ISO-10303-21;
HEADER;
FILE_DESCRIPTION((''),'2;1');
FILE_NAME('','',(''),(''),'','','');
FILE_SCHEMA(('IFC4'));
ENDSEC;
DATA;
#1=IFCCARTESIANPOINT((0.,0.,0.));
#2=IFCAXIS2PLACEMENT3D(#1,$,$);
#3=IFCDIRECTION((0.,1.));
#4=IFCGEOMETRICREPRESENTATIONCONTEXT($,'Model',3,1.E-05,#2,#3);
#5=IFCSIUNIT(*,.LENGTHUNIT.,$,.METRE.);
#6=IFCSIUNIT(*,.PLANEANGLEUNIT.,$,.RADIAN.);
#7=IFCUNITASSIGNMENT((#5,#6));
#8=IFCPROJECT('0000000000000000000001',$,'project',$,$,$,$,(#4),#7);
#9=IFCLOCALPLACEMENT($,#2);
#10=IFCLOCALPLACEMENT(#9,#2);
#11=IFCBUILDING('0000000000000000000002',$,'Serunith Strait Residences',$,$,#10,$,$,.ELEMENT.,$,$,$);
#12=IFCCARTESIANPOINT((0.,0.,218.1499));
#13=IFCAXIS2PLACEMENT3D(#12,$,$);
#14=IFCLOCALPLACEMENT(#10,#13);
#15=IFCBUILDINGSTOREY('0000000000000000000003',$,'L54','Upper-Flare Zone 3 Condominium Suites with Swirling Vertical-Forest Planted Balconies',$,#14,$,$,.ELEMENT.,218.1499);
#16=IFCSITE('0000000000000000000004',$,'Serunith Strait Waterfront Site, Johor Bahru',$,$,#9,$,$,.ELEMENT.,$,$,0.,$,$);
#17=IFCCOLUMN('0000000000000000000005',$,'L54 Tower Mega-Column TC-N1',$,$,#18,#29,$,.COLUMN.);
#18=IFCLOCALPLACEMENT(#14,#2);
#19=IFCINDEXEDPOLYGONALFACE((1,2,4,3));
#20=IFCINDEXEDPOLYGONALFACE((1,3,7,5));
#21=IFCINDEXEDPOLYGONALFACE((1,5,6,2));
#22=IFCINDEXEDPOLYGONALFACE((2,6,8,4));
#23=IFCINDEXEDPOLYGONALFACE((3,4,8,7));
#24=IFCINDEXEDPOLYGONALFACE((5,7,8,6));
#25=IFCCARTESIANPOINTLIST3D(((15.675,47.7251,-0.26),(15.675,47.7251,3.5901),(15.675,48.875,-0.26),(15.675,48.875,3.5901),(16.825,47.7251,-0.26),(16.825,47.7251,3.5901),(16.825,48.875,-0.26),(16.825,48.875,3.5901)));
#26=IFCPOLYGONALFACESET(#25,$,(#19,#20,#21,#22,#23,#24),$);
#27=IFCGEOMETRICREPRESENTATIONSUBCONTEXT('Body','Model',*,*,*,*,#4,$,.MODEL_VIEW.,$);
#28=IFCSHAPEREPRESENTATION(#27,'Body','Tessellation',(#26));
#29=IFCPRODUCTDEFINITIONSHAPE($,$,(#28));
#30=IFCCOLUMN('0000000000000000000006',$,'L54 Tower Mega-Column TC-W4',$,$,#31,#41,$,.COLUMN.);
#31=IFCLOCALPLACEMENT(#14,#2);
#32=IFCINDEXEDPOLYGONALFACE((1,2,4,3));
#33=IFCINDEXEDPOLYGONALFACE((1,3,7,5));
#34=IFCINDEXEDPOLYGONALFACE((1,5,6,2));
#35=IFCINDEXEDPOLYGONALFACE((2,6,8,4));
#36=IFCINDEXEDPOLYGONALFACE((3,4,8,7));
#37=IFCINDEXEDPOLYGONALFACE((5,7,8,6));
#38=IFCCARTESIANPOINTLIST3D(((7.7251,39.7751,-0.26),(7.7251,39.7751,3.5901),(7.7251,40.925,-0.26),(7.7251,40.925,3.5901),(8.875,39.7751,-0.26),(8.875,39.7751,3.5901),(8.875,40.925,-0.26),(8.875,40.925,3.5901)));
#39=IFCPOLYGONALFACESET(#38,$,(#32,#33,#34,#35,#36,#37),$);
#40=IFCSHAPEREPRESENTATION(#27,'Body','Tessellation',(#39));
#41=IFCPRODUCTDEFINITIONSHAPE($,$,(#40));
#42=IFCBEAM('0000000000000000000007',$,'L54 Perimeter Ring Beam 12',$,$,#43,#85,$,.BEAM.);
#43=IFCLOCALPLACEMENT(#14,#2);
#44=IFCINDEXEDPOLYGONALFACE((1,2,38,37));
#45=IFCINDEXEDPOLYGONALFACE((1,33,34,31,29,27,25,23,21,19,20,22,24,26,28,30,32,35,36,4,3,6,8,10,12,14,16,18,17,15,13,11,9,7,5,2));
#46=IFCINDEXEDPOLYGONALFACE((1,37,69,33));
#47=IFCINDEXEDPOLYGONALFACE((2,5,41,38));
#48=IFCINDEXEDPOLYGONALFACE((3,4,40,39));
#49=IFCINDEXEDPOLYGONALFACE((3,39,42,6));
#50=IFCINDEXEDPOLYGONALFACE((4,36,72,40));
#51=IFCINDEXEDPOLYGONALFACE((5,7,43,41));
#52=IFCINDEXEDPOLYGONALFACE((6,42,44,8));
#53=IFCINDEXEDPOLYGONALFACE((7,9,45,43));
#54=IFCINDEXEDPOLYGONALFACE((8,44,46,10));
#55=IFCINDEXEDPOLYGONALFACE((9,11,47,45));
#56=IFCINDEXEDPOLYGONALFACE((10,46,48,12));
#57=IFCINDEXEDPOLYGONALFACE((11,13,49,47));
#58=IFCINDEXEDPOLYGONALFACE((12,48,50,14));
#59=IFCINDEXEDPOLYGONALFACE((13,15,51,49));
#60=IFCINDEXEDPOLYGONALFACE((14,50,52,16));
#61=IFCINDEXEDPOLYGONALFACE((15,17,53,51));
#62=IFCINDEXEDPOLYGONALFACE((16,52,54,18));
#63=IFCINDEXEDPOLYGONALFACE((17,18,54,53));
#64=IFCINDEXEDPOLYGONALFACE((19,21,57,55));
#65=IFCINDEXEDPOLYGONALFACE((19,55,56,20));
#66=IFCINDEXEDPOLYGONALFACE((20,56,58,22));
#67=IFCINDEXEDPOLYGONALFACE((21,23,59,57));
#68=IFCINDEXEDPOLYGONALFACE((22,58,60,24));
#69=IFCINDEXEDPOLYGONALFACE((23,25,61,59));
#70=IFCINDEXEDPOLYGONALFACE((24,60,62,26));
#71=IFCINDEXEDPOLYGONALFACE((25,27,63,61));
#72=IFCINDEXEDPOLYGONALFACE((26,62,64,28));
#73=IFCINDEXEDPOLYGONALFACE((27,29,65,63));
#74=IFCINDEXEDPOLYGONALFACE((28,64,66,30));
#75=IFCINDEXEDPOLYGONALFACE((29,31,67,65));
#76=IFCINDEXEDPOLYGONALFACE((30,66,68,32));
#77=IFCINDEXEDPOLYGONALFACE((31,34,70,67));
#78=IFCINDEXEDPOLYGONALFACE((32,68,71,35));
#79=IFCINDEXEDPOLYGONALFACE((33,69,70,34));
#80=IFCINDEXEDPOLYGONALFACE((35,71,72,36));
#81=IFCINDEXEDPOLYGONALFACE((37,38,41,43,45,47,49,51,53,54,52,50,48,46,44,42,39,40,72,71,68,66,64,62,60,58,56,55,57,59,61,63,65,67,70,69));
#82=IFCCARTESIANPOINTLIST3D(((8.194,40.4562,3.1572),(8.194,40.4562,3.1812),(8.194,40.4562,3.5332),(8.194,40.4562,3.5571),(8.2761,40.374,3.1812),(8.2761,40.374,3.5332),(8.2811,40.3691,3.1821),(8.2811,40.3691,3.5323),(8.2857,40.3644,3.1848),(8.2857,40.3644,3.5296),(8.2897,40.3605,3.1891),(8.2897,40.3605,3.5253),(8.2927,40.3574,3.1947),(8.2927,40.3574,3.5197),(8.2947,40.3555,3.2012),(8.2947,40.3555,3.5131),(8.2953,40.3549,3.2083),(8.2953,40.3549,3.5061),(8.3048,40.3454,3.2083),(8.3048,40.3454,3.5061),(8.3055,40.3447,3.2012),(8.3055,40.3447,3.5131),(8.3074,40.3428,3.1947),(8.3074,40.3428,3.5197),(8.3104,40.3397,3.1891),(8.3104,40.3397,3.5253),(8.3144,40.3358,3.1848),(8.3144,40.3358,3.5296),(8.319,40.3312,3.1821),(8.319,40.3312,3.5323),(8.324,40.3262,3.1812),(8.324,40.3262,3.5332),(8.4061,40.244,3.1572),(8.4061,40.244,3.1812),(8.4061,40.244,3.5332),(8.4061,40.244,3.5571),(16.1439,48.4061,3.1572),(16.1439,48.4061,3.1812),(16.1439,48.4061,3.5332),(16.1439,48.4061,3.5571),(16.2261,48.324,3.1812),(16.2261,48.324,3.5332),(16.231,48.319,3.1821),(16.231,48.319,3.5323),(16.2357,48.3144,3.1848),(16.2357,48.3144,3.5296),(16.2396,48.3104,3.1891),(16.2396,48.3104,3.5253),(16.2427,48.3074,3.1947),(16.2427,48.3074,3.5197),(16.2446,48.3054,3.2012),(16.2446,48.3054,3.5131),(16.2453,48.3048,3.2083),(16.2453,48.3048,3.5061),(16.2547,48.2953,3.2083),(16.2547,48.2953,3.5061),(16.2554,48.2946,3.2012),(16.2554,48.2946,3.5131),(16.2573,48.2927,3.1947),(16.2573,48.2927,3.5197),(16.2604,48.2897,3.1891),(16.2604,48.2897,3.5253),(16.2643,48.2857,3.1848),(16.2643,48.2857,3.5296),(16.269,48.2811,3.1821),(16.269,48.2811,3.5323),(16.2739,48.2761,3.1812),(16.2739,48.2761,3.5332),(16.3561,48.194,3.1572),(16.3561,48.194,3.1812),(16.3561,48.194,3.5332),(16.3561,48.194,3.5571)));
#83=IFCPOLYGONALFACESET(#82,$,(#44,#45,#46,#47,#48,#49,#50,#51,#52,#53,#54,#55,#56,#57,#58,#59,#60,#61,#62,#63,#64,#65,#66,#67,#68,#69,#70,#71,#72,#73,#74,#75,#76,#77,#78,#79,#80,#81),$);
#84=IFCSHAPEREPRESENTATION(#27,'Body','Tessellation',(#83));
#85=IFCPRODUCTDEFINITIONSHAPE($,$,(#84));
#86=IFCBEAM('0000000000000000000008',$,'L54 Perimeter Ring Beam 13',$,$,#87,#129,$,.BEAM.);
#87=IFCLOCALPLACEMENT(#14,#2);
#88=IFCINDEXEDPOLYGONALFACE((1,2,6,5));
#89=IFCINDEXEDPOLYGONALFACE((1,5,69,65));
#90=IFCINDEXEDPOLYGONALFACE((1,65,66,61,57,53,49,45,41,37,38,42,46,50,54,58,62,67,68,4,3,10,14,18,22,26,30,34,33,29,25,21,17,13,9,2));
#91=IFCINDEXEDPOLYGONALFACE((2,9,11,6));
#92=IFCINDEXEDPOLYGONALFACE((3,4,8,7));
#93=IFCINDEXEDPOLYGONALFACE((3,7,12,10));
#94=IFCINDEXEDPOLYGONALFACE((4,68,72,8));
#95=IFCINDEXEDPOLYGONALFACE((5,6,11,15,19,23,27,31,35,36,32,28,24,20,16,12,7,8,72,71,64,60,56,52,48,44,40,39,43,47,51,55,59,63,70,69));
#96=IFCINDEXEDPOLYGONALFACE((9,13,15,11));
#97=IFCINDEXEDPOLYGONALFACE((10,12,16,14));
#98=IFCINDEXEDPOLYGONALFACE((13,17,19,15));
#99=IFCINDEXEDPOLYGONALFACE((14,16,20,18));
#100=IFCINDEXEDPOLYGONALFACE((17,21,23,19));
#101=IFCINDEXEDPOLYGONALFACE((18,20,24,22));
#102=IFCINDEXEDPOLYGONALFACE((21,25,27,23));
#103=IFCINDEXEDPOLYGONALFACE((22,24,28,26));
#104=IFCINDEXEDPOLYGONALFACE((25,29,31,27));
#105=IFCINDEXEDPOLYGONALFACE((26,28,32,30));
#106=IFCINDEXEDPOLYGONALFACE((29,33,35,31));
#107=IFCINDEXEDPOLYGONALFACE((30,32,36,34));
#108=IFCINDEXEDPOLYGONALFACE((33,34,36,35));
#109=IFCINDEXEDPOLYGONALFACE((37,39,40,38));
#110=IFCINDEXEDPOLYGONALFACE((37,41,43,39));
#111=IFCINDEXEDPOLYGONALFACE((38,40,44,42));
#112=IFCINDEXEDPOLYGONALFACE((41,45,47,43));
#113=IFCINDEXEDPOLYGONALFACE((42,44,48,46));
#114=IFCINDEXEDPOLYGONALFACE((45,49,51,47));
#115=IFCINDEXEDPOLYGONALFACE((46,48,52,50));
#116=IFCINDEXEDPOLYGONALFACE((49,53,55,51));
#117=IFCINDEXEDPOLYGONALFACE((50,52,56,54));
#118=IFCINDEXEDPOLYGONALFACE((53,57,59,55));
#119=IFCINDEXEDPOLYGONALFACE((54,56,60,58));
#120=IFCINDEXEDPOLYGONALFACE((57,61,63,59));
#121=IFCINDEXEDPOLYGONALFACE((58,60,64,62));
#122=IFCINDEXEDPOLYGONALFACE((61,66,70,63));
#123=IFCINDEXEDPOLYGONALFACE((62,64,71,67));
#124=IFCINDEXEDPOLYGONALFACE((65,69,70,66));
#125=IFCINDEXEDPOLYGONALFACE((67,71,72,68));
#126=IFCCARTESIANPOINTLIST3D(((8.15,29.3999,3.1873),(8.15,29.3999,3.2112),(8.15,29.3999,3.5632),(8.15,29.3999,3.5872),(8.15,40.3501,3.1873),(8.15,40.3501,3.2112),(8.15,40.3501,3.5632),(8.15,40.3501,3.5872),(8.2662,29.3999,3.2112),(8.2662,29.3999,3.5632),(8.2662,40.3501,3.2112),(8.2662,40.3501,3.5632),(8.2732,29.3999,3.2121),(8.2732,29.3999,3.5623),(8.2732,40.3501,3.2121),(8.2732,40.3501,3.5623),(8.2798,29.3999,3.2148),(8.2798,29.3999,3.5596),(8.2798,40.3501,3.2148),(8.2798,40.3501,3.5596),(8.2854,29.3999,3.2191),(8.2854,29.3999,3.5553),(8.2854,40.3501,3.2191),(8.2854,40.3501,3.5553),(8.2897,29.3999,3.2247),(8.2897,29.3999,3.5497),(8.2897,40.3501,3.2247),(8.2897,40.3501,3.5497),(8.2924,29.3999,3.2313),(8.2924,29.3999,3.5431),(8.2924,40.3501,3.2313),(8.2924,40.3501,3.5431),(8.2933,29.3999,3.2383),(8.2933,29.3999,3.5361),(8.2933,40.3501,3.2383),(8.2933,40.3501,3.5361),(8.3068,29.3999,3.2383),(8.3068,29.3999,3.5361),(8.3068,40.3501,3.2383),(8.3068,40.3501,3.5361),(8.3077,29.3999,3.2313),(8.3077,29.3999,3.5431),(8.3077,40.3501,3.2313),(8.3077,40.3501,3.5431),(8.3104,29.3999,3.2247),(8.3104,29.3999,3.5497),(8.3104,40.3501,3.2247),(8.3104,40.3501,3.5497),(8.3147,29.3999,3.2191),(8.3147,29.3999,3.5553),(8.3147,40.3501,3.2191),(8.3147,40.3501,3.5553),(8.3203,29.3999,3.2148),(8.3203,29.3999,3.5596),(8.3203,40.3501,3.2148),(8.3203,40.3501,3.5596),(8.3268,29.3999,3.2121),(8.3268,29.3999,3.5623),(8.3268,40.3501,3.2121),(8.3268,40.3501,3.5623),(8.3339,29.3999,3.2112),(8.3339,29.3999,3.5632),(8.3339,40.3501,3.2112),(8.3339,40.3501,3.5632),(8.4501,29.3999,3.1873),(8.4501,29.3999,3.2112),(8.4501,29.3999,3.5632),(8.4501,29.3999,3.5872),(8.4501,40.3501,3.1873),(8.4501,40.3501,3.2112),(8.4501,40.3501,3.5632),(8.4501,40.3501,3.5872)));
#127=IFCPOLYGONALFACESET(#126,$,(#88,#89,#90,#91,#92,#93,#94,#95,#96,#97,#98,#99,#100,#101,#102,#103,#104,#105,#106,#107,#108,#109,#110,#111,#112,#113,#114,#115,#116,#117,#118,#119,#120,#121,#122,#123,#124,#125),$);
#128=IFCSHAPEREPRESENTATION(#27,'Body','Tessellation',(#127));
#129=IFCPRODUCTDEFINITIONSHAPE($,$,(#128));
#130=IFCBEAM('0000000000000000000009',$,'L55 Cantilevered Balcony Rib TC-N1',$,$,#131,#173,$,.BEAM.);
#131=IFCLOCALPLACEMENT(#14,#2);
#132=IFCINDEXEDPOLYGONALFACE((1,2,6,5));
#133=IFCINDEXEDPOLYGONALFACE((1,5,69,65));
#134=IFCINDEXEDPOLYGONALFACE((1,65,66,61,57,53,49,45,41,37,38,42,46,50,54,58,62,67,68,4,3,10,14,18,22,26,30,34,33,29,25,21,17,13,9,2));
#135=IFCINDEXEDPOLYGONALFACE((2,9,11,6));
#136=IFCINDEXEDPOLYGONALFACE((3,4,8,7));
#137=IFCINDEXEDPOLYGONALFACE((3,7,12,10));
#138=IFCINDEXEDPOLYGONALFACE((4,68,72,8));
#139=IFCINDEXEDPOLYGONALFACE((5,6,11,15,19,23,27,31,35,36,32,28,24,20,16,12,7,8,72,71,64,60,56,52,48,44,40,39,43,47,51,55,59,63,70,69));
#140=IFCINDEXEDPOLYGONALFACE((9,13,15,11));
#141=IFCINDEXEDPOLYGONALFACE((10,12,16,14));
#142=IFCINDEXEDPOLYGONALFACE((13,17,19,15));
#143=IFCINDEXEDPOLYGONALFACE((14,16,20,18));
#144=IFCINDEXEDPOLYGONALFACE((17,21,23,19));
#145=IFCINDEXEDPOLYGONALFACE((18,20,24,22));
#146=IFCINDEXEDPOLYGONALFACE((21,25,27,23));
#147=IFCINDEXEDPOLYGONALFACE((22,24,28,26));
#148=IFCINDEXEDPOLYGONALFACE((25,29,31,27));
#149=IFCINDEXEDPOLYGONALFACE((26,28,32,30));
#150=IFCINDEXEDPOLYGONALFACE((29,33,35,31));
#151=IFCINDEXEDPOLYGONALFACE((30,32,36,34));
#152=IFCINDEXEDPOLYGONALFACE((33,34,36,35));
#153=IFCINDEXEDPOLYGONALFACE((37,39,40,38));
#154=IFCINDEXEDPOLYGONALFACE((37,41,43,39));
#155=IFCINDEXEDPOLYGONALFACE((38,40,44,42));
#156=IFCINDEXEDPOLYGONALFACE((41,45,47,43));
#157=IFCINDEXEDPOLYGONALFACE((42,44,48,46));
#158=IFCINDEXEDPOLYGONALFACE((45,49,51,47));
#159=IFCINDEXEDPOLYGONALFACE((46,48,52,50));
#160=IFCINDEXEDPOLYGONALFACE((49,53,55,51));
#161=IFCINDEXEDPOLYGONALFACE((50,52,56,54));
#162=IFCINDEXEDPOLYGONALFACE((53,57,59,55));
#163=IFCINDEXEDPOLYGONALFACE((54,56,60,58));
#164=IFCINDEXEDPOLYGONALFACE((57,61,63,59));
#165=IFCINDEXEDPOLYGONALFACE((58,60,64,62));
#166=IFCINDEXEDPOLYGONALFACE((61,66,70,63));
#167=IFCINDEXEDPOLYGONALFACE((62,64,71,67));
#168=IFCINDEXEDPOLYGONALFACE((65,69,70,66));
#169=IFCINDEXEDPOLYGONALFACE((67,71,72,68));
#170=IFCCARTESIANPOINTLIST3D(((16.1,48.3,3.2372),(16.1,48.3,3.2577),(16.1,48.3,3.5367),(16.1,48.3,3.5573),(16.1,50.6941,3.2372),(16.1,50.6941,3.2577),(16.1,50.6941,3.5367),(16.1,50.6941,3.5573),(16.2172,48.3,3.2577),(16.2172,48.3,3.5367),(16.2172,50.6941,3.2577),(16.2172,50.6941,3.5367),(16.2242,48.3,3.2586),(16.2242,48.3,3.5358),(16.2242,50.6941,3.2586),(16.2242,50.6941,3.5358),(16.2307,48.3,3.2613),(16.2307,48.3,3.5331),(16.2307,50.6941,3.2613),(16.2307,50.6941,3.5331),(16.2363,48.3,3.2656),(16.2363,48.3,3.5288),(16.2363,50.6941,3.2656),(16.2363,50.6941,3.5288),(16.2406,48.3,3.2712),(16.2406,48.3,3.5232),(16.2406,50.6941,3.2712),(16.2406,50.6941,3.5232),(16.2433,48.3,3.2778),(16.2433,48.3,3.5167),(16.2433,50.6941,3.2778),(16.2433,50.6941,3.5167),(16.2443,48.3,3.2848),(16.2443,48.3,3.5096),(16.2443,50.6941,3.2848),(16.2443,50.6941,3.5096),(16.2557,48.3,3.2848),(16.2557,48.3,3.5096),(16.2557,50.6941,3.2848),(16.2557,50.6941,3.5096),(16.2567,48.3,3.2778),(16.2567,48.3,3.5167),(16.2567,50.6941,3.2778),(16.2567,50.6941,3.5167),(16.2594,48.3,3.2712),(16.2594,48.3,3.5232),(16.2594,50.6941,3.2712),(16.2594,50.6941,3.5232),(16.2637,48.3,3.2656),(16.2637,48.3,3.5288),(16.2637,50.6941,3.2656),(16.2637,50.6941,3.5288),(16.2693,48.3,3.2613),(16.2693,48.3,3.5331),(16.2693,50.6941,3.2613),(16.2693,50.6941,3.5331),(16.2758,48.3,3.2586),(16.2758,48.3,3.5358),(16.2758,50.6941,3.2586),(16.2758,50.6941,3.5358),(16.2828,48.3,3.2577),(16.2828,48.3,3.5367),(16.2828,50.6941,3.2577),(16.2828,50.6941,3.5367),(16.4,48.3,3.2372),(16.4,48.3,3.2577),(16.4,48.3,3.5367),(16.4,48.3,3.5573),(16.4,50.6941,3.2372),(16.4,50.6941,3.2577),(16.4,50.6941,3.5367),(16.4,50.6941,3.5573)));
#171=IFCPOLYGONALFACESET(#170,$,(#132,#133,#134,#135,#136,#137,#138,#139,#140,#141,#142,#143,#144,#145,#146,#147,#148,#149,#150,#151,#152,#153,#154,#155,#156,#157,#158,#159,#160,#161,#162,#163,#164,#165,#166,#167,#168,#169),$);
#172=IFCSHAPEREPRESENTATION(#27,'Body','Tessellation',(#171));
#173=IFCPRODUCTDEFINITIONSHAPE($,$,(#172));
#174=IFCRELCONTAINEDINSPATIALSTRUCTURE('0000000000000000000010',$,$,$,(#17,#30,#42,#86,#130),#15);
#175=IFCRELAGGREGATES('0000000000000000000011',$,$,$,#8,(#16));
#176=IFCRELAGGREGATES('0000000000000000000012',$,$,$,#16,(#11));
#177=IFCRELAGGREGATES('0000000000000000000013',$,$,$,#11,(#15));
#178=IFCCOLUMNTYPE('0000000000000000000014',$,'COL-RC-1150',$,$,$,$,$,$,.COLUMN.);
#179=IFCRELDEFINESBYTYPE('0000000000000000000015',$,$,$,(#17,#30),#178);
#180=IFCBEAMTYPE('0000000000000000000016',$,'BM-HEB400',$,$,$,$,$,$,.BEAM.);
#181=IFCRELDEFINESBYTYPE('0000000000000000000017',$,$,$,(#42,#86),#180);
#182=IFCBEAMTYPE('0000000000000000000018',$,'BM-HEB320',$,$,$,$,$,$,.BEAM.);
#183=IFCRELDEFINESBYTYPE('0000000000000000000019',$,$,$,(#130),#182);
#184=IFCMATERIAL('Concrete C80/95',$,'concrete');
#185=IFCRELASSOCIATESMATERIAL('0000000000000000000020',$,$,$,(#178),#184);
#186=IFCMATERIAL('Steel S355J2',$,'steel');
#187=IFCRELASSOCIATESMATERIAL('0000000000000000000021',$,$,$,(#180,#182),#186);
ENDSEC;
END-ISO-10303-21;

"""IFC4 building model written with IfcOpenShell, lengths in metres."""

from ifc_helpers import new_model, si_unit, direction, frame, origin, origin_2d, place, context, subcontext, project, spatial, rectangle, i_section, extrude, source, transform, mapped, material, material_profile, profile_set, type_object, element, save


model = new_model("IFC4")

# Units and contexts
model_context = context("Model", 3, precision=1e-05, world=origin(), true_north=direction((0.0, 1.0)))
body_context = subcontext(model_context, "Body", "Model", "MODEL_VIEW")
ifc_project = project(units=[si_unit("LENGTHUNIT", "METRE"), si_unit("PLANEANGLEUNIT", "RADIAN")], contexts=[model_context])

# Site, building, storey
site_placement = place(None, origin())
site = spatial("IfcSite", under=ifc_project, at=site_placement, Name="Serunith Strait Waterfront Site, Johor Bahru", CompositionType="ELEMENT", RefElevation=0.0)
building_placement = place(site_placement, origin())
building = spatial("IfcBuilding", under=site, at=building_placement, Name="Serunith Strait Residences", CompositionType="ELEMENT")
storey_placement = place(building_placement, frame((0.0, 0.0, 218.1499)))
storey = spatial("IfcBuildingStorey", under=building, at=storey_placement, Name="L54", Description="Upper-Flare Zone 3 Condominium Suites with Swirling Vertical-Forest Planted Balconies", CompositionType="ELEMENT", Elevation=218.1499)

# Columns
ifc_material_1 = material(Name="Concrete C80/95", Category="concrete")
ifc_material_profile_1 = material_profile(ifc_material_1, rectangle(XDim=1.1499, YDim=1.1499, at=origin_2d()), Name="RC 1150x1150")
ifc_profile_set_1 = profile_set([ifc_material_profile_1], Name="Concrete C80/95")
column_type = type_object("IfcColumnType", Name="COL-RC-1150", PredefinedType="COLUMN", material=ifc_profile_set_1)
shared_shape_1 = source(origin(), body_context, "Body", "SweptSolid", [
    extrude(rectangle(XDim=1.1499, YDim=1.1499, at=origin_2d()), origin(), (0.0, 0.0, 1.0), 3.8501),
])
for number, where, z_axis, x_axis, name in (
    (1, (16.25, 48.3, -0.26), (0.0, 0.0, 1.0), (1.0, 0.0, 0.0), "L54 Tower Mega-Column TC-N1"),
    (2, (8.3, 40.3501, -0.26), (0.0, 0.0, 1.0), (1.0, 0.0, 0.0), "L54 Tower Mega-Column TC-W4"),
):
    element("IfcColumn", number, at=place(storey_placement, frame(where, z_axis=z_axis, x_axis=x_axis)), inside=storey, type_object=column_type, Name=name, PredefinedType="COLUMN", context=body_context, shape_type="MappedRepresentation", body=[
        mapped(shared_shape_1, transform((0.0, 0.0, 0.0), scale=1.0)),
    ])

# Beams
ifc_material_2 = material(Name="Steel S355J2", Category="steel")
ifc_material_profile_2 = material_profile(ifc_material_2, i_section(OverallWidth=0.3, OverallDepth=0.3999, WebThickness=0.0134, FlangeThickness=0.0239, FilletRadius=0.0271, at=origin_2d()), Name="HEB 400")
ifc_profile_set_2 = profile_set([ifc_material_profile_2], Name="Steel S355J2")
beam_type_1 = type_object("IfcBeamType", Name="BM-HEB400", PredefinedType="BEAM", material=ifc_profile_set_2)
shared_shape_2 = source(origin(), body_context, "Body", "SweptSolid", [
    extrude(i_section(OverallWidth=0.3, OverallDepth=0.3999, WebThickness=0.0134, FlangeThickness=0.0239, FilletRadius=0.0271, at=origin_2d()), origin(), (0.0, 0.0, 1.0), 11.2429),
])
beam_1_placement = place(storey_placement, frame((16.25, 48.3, 3.3572), z_axis=(-0.707107, -0.707107, 0.0), x_axis=(0.707107, -0.707107, 0.0)))
element("IfcBeam", 3, at=beam_1_placement, inside=storey, type_object=beam_type_1, Name="L54 Perimeter Ring Beam 12", PredefinedType="BEAM", context=body_context, shape_type="MappedRepresentation", body=[
    mapped(shared_shape_2, transform((0.0, 0.0, 0.0), scale=1.0)),
])
shared_shape_3 = source(origin(), body_context, "Body", "SweptSolid", [
    extrude(i_section(OverallWidth=0.3, OverallDepth=0.3999, WebThickness=0.0134, FlangeThickness=0.0239, FilletRadius=0.0271, at=origin_2d()), origin(), (0.0, 0.0, 1.0), 10.9502),
])
beam_2_placement = place(storey_placement, frame((8.3, 40.3501, 3.3872), z_axis=(0.0, -1.0, 0.0), x_axis=(1.0, 0.0, 0.0)))
element("IfcBeam", 4, at=beam_2_placement, inside=storey, type_object=beam_type_1, Name="L54 Perimeter Ring Beam 13", PredefinedType="BEAM", context=body_context, shape_type="MappedRepresentation", body=[
    mapped(shared_shape_3, transform((0.0, 0.0, 0.0), scale=1.0)),
])
ifc_material_profile_3 = material_profile(ifc_material_2, i_section(OverallWidth=0.3, OverallDepth=0.3201, WebThickness=0.0115, FlangeThickness=0.0205, FilletRadius=0.0271, at=origin_2d()), Name="HEB 320")
ifc_profile_set_3 = profile_set([ifc_material_profile_3], Name="Steel S355J2")
beam_type_2 = type_object("IfcBeamType", Name="BM-HEB320", PredefinedType="BEAM", material=ifc_profile_set_3)
shared_shape_4 = source(origin(), body_context, "Body", "SweptSolid", [
    extrude(i_section(OverallWidth=0.3, OverallDepth=0.3201, WebThickness=0.0115, FlangeThickness=0.0205, FilletRadius=0.0271, at=origin_2d()), origin(), (0.0, 0.0, 1.0), 2.394),
])
beam_3_placement = place(storey_placement, frame((16.25, 48.3, 3.3972), z_axis=(0.0, 1.0, 0.0), x_axis=(-1.0, 0.0, 0.0)))
element("IfcBeam", 5, at=beam_3_placement, inside=storey, type_object=beam_type_2, Name="L55 Cantilevered Balcony Rib TC-N1", PredefinedType="BEAM", context=body_context, shape_type="MappedRepresentation", body=[
    mapped(shared_shape_4, transform((0.0, 0.0, 0.0), scale=1.0)),
])

save(model, "model.ifc")
